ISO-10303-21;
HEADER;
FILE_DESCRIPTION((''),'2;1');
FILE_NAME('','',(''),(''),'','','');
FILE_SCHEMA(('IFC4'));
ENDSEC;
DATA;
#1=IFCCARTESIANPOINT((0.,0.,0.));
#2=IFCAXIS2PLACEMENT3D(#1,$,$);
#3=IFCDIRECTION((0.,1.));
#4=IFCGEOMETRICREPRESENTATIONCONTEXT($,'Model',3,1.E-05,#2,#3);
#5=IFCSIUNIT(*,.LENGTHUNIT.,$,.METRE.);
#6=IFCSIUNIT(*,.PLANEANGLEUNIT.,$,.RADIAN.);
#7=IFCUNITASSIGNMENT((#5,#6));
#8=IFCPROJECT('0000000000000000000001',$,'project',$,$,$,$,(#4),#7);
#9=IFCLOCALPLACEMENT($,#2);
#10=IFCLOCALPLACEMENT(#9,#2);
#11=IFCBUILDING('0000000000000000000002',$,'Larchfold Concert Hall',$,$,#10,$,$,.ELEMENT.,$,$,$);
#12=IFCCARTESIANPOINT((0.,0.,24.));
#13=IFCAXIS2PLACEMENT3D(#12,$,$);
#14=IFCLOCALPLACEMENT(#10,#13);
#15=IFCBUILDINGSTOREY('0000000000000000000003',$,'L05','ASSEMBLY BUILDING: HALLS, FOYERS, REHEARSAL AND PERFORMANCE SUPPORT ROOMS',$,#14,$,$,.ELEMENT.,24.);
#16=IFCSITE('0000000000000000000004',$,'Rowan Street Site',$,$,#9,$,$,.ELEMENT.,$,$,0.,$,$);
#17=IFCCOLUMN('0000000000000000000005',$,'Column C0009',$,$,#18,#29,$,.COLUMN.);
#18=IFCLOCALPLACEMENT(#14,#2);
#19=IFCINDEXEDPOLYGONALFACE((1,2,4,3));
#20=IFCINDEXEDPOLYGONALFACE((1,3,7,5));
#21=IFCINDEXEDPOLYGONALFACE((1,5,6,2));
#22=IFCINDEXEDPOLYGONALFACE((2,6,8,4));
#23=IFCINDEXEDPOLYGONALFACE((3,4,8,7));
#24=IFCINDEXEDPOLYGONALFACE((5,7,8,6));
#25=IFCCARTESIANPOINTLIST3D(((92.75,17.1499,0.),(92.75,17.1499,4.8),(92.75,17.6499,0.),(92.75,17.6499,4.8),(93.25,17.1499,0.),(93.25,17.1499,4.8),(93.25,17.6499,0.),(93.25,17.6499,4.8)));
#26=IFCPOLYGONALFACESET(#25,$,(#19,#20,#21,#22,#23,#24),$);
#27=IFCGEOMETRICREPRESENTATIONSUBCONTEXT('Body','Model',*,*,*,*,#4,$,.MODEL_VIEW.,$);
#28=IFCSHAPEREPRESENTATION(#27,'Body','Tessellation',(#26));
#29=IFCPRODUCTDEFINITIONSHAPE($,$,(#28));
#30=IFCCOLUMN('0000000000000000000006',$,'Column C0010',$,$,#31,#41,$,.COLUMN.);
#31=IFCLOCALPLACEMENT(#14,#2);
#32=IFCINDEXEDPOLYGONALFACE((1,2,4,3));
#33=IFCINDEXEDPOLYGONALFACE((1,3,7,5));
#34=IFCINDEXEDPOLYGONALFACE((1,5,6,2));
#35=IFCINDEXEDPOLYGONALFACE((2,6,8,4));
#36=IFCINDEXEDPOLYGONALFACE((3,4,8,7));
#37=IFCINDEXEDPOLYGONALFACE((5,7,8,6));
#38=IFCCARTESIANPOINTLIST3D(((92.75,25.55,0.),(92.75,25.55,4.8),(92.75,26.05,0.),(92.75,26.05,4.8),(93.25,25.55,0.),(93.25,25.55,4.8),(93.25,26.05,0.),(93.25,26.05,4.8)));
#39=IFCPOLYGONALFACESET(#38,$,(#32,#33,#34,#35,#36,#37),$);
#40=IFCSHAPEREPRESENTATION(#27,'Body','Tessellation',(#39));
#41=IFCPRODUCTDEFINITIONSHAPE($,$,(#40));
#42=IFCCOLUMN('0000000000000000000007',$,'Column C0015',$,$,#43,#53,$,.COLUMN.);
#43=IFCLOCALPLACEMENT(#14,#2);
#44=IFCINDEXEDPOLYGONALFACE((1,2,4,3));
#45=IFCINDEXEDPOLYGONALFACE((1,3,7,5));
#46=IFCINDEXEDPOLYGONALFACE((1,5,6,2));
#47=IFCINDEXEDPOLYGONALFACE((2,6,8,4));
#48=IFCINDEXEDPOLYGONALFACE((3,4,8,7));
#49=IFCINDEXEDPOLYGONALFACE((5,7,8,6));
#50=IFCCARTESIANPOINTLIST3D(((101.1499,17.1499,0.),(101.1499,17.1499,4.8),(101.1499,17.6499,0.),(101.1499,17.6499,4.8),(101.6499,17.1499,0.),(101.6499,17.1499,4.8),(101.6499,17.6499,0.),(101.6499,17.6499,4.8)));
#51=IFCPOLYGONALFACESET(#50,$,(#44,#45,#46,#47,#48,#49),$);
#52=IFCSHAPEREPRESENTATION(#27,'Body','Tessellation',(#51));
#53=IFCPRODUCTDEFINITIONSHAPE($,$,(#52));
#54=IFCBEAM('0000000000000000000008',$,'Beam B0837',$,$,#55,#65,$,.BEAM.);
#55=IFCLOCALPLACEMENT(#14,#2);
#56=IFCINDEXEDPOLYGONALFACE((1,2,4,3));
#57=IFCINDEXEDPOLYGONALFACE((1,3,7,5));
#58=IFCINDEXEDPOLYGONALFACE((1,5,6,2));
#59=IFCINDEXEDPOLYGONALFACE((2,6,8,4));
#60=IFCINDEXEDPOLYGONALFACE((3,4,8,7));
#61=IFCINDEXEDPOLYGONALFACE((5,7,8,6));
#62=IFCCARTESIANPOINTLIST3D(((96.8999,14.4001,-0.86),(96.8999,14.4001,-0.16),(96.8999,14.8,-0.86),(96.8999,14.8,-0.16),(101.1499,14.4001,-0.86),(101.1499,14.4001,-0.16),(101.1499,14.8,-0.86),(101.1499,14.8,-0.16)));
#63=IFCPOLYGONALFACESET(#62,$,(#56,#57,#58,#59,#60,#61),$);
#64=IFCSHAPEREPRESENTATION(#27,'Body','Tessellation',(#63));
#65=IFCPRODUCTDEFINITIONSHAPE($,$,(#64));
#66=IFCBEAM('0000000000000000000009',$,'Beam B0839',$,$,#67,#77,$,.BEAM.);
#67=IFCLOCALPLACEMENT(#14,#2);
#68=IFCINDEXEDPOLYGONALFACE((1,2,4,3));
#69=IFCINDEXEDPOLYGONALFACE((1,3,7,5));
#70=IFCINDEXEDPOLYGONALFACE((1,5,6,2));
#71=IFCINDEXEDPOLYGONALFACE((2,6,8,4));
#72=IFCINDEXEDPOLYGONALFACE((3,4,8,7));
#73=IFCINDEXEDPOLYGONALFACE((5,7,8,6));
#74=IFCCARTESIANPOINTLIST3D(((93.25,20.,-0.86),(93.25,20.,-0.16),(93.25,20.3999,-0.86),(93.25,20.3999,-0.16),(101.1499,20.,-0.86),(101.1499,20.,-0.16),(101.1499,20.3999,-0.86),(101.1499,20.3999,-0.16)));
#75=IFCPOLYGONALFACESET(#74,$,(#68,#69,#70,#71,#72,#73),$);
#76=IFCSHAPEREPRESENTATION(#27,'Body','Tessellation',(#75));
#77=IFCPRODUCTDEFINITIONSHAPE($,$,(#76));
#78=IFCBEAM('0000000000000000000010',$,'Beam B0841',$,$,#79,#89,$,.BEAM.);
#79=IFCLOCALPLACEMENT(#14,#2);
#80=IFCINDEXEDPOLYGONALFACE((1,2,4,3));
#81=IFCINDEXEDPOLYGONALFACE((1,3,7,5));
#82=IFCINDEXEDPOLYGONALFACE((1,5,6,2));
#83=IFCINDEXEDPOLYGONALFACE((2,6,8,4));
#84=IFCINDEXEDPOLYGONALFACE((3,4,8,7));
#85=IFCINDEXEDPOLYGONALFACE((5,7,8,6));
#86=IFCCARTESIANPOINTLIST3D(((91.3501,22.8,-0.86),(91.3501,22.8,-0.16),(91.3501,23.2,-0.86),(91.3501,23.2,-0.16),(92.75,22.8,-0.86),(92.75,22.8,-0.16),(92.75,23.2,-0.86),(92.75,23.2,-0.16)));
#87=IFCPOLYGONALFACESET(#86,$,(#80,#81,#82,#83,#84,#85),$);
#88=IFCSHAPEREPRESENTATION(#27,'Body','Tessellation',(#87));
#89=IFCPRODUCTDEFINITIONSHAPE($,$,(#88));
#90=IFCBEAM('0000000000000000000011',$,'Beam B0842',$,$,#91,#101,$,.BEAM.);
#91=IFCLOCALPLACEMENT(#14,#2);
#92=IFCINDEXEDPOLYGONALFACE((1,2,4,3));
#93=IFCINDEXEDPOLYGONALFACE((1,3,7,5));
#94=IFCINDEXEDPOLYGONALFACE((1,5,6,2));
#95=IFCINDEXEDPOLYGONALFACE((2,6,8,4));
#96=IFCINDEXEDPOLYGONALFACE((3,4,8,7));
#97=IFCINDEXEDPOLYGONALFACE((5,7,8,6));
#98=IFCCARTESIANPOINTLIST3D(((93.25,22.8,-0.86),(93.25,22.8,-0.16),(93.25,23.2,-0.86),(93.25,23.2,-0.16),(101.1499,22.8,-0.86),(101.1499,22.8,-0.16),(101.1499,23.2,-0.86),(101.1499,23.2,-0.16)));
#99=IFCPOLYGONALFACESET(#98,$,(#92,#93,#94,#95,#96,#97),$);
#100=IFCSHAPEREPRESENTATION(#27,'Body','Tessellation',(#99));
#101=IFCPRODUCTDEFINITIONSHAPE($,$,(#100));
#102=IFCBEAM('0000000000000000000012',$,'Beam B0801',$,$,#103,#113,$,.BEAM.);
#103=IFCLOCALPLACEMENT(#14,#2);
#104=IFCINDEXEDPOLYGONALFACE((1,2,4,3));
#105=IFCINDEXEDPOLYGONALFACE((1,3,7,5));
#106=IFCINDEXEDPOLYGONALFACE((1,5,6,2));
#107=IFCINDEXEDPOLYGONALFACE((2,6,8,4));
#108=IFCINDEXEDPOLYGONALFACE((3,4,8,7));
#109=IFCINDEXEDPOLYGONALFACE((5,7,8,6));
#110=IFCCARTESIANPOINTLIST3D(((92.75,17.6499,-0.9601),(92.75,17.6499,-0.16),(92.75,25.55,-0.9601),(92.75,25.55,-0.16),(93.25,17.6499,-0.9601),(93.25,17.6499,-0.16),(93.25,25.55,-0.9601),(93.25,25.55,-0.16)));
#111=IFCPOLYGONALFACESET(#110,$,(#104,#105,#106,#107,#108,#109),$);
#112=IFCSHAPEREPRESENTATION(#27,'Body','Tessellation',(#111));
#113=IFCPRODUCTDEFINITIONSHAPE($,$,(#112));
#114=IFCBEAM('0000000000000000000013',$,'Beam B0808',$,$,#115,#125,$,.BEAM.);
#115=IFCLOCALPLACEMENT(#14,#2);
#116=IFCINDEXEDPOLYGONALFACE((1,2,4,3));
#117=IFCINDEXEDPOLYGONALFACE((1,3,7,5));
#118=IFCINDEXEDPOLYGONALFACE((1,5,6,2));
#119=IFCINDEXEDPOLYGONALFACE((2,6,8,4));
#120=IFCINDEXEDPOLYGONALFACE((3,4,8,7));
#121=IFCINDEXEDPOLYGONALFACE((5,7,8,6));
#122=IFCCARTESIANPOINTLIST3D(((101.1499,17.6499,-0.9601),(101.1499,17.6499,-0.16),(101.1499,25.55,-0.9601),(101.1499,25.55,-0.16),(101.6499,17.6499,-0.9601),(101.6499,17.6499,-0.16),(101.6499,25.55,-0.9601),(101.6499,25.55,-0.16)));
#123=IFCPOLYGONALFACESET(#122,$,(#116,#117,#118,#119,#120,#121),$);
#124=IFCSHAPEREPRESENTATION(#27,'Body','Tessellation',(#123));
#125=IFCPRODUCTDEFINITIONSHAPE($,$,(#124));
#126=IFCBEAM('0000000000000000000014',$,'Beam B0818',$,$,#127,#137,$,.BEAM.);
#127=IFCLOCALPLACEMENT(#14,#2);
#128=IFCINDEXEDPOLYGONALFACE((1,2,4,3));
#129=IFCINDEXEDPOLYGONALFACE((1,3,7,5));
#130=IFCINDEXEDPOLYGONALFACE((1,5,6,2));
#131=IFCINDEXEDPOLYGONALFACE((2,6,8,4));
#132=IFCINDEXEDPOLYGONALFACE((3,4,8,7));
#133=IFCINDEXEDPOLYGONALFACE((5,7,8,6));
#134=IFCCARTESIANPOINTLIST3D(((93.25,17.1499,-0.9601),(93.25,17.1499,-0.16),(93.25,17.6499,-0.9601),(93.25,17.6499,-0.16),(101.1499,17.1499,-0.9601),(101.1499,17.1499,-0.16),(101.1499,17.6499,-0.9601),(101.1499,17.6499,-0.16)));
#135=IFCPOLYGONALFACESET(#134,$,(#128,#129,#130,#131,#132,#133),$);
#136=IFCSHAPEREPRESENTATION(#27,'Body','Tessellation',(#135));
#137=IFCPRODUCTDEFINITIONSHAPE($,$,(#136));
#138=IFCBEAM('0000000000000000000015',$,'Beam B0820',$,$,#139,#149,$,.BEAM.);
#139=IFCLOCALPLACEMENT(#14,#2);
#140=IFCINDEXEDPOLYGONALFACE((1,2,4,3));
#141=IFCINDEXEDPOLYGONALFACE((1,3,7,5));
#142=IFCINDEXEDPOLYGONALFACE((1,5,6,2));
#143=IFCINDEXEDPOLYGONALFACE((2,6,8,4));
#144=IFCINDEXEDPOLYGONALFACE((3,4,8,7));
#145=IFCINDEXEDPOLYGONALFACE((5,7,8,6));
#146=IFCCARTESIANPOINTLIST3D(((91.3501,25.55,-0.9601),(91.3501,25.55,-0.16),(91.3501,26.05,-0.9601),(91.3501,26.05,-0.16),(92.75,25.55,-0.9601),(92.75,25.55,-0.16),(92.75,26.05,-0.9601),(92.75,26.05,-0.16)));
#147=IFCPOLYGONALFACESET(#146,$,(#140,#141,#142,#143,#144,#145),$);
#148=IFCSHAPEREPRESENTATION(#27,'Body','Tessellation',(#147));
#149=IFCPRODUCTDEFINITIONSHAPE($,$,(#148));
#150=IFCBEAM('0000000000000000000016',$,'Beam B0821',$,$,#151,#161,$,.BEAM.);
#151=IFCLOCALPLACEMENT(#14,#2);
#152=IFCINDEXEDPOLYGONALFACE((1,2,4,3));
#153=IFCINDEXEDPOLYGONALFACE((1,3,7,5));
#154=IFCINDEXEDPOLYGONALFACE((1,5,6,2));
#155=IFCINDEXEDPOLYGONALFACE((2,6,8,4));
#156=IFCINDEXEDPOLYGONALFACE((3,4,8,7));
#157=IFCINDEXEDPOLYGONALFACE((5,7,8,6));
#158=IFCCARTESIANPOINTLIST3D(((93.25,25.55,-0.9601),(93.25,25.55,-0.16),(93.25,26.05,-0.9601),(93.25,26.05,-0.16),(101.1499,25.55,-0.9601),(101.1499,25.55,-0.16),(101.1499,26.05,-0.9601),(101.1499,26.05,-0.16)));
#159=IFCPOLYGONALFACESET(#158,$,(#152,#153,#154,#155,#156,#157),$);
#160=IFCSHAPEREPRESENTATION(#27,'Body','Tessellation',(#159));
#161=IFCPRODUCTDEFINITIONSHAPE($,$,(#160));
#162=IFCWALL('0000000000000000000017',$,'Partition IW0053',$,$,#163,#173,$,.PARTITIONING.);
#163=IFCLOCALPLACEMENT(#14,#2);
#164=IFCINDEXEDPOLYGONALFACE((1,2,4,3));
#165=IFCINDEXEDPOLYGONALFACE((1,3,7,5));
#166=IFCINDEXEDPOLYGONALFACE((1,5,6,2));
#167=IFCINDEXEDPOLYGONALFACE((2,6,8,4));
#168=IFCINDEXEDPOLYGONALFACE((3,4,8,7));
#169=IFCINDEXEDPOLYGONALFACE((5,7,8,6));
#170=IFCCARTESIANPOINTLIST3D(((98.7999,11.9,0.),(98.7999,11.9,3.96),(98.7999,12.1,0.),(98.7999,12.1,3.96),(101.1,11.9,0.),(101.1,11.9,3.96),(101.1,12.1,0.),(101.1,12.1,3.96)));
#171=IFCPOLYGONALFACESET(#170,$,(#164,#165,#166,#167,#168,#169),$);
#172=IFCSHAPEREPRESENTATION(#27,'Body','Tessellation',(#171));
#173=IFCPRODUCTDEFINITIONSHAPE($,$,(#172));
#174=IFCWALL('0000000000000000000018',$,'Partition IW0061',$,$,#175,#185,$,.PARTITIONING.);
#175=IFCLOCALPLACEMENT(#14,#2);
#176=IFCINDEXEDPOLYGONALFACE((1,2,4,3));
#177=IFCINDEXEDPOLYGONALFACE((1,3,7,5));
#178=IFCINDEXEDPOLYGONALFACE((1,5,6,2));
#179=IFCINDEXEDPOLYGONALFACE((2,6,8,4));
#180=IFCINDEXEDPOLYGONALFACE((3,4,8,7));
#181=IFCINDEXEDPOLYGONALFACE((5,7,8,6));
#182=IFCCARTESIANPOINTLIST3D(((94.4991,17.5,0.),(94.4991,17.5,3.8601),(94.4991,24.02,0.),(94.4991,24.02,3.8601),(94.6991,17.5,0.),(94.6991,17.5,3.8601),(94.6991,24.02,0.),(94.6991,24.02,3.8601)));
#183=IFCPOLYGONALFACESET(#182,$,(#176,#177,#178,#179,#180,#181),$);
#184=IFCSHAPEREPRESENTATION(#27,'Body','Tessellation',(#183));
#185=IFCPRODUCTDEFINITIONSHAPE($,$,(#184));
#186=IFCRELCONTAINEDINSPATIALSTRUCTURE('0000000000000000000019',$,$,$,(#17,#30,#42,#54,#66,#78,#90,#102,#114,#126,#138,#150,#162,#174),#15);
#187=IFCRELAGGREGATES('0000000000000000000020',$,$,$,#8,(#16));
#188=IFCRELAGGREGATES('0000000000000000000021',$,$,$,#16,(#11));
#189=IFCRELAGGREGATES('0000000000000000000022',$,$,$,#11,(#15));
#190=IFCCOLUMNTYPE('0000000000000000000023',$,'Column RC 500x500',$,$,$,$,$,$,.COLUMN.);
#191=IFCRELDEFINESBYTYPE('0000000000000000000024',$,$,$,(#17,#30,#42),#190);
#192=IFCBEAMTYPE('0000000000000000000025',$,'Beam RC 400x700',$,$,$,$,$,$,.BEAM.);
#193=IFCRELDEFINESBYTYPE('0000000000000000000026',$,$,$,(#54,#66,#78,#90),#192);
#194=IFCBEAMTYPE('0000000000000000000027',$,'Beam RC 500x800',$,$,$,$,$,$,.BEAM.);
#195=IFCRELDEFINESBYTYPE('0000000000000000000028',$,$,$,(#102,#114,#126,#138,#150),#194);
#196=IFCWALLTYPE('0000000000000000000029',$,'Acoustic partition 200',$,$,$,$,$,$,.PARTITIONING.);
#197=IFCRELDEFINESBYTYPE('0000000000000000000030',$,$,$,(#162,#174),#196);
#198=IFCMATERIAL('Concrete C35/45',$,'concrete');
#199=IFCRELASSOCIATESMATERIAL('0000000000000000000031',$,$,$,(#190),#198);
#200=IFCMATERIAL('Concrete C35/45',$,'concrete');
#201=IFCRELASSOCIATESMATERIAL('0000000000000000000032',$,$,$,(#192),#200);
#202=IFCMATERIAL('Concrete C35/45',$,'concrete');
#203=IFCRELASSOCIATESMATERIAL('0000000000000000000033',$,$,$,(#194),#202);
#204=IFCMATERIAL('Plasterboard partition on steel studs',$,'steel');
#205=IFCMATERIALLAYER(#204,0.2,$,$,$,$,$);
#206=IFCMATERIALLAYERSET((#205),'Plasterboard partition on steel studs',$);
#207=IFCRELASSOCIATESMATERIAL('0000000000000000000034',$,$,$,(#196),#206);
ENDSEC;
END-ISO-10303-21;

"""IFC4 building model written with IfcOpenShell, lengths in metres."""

from ifc_helpers import new_model, si_unit, direction, frame, frame_2d, origin, origin_2d, place, context, subcontext, project, spatial, rectangle, extrude, material, layer, layer_set, material_profile, profile_set, type_object, element, save


model = new_model("IFC4")

# Units and contexts
model_context = context("Model", 3, precision=1e-05, world=origin(), true_north=direction((0.0, 1.0)))
body_context = subcontext(model_context, "Body", "Model", "MODEL_VIEW")
ifc_project = project(units=[si_unit("LENGTHUNIT", "METRE"), si_unit("PLANEANGLEUNIT", "RADIAN")], contexts=[model_context])

# Site, building, storey
site_placement = place(None, origin())
site = spatial("IfcSite", under=ifc_project, at=site_placement, Name="Rowan Street Site", CompositionType="ELEMENT", RefElevation=0.0)
building_placement = place(site_placement, origin())
building = spatial("IfcBuilding", under=site, at=building_placement, Name="Larchfold Concert Hall", CompositionType="ELEMENT")
storey_placement = place(building_placement, frame((0.0, 0.0, 24.0)))
storey = spatial("IfcBuildingStorey", under=building, at=storey_placement, Name="L05", Description="ASSEMBLY BUILDING: HALLS, FOYERS, REHEARSAL AND PERFORMANCE SUPPORT ROOMS", CompositionType="ELEMENT", Elevation=24.0)

# Columns
ifc_material_1 = material(Name="Concrete C35/45", Category="concrete")
ifc_material_profile_1 = material_profile(ifc_material_1, rectangle(XDim=0.5, YDim=0.5, at=origin_2d()))
ifc_profile_set_1 = profile_set([ifc_material_profile_1], Name="Concrete C35/45")
column_type = type_object("IfcColumnType", Name="Column RC 500x500", PredefinedType="COLUMN", material=ifc_profile_set_1)
for number, where, z_axis, x_axis, name in (
    (1, (93.0, 17.3999, 0.0), (0.0, 0.0, 1.0), (1.0, 0.0, 0.0), "Column C0009"),
    (2, (93.0, 25.8, 0.0), (0.0, 0.0, 1.0), (1.0, 0.0, 0.0), "Column C0010"),
    (3, (101.3999, 17.3999, 0.0), (0.0, 0.0, 1.0), (1.0, 0.0, 0.0), "Column C0015"),
):
    element("IfcColumn", number, at=place(storey_placement, frame(where, z_axis=z_axis, x_axis=x_axis)), inside=storey, type_object=column_type, Name=name, PredefinedType="COLUMN", context=body_context, shape_type="SweptSolid", body=[
        extrude(rectangle(XDim=0.5, YDim=0.5, at=origin_2d()), origin(), (0.0, 0.0, 1.0), 4.8),
    ])

# Beams
ifc_material_2 = material(Name="Concrete C35/45", Category="concrete")
ifc_material_profile_2 = material_profile(ifc_material_2, rectangle(XDim=0.3999, YDim=0.7, at=origin_2d()))
ifc_profile_set_2 = profile_set([ifc_material_profile_2], Name="Concrete C35/45")
beam_type_1 = type_object("IfcBeamType", Name="Beam RC 400x700", PredefinedType="BEAM", material=ifc_profile_set_2)
beam_1_placement = place(storey_placement, frame((96.8999, 14.6001, -0.51), z_axis=(1.0, 0.0, 0.0), x_axis=(0.0, 1.0, 0.0)))
element("IfcBeam", 4, at=beam_1_placement, inside=storey, type_object=beam_type_1, Name="Beam B0837", PredefinedType="BEAM", context=body_context, shape_type="SweptSolid", body=[
    extrude(rectangle(XDim=0.3999, YDim=0.7, at=origin_2d()), origin(), (0.0, 0.0, 1.0), 4.25),
])
beam_2_placement = place(storey_placement, frame((93.25, 20.2, -0.51), z_axis=(1.0, 0.0, 0.0), x_axis=(0.0, 1.0, 0.0)))
element("IfcBeam", 5, at=beam_2_placement, inside=storey, type_object=beam_type_1, Name="Beam B0839", PredefinedType="BEAM", context=body_context, shape_type="SweptSolid", body=[
    extrude(rectangle(XDim=0.3999, YDim=0.7, at=origin_2d()), origin(), (0.0, 0.0, 1.0), 7.8999),
])
beam_3_placement = place(storey_placement, frame((91.3501, 23.0, -0.51), z_axis=(1.0, 0.0, 0.0), x_axis=(0.0, 1.0, 0.0)))
element("IfcBeam", 6, at=beam_3_placement, inside=storey, type_object=beam_type_1, Name="Beam B0841", PredefinedType="BEAM", context=body_context, shape_type="SweptSolid", body=[
    extrude(rectangle(XDim=0.3999, YDim=0.7, at=origin_2d()), origin(), (0.0, 0.0, 1.0), 1.3999),
])
beam_4_placement = place(storey_placement, frame((93.25, 23.0, -0.51), z_axis=(1.0, 0.0, 0.0), x_axis=(0.0, 1.0, 0.0)))
element("IfcBeam", 7, at=beam_4_placement, inside=storey, type_object=beam_type_1, Name="Beam B0842", PredefinedType="BEAM", context=body_context, shape_type="SweptSolid", body=[
    extrude(rectangle(XDim=0.3999, YDim=0.7, at=origin_2d()), origin(), (0.0, 0.0, 1.0), 7.8999),
])
ifc_material_3 = material(Name="Concrete C35/45", Category="concrete")
ifc_material_profile_3 = material_profile(ifc_material_3, rectangle(XDim=0.5, YDim=0.8, at=origin_2d()))
ifc_profile_set_3 = profile_set([ifc_material_profile_3], Name="Concrete C35/45")
beam_type_2 = type_object("IfcBeamType", Name="Beam RC 500x800", PredefinedType="BEAM", material=ifc_profile_set_3)
for number, where, z_axis, x_axis, name in (
    (8, (93.0, 17.6499, -0.5601), (0.0, 1.0, 0.0), (-1.0, 0.0, 0.0), "Beam B0801"),
    (9, (101.3999, 17.6499, -0.5601), (0.0, 1.0, 0.0), (-1.0, 0.0, 0.0), "Beam B0808"),
):
    element("IfcBeam", number, at=place(storey_placement, frame(where, z_axis=z_axis, x_axis=x_axis)), inside=storey, type_object=beam_type_2, Name=name, PredefinedType="BEAM", context=body_context, shape_type="SweptSolid", body=[
        extrude(rectangle(XDim=0.5, YDim=0.8, at=origin_2d()), origin(), (0.0, 0.0, 1.0), 7.9001),
    ])
beam_5_placement = place(storey_placement, frame((93.25, 17.3999, -0.5601), z_axis=(1.0, 0.0, 0.0), x_axis=(0.0, 1.0, 0.0)))
element("IfcBeam", 10, at=beam_5_placement, inside=storey, type_object=beam_type_2, Name="Beam B0818", PredefinedType="BEAM", context=body_context, shape_type="SweptSolid", body=[
    extrude(rectangle(XDim=0.5, YDim=0.8, at=origin_2d()), origin(), (0.0, 0.0, 1.0), 7.8999),
])
beam_6_placement = place(storey_placement, frame((91.3501, 25.8, -0.5601), z_axis=(1.0, 0.0, 0.0), x_axis=(0.0, 1.0, 0.0)))
element("IfcBeam", 11, at=beam_6_placement, inside=storey, type_object=beam_type_2, Name="Beam B0820", PredefinedType="BEAM", context=body_context, shape_type="SweptSolid", body=[
    extrude(rectangle(XDim=0.5, YDim=0.8, at=origin_2d()), origin(), (0.0, 0.0, 1.0), 1.3999),
])
beam_7_placement = place(storey_placement, frame((93.25, 25.8, -0.5601), z_axis=(1.0, 0.0, 0.0), x_axis=(0.0, 1.0, 0.0)))
element("IfcBeam", 12, at=beam_7_placement, inside=storey, type_object=beam_type_2, Name="Beam B0821", PredefinedType="BEAM", context=body_context, shape_type="SweptSolid", body=[
    extrude(rectangle(XDim=0.5, YDim=0.8, at=origin_2d()), origin(), (0.0, 0.0, 1.0), 7.8999),
])

# Walls
ifc_material_4 = material(Name="Plasterboard partition on steel studs", Category="steel")
ifc_layer_1 = layer(ifc_material_4, 0.2)
ifc_layer_set_1 = layer_set([ifc_layer_1], Name="Plasterboard partition on steel studs")
wall_type_1 = type_object("IfcWallType", Name="Acoustic partition 200", PredefinedType="PARTITIONING", material=ifc_layer_set_1)
wall_1_placement = place(storey_placement, frame((98.8, 12.0, 0.0), z_axis=(0.0, 0.0, 1.0), x_axis=(1.0, 0.0, 0.0)))
element("IfcWall", 13, at=wall_1_placement, inside=storey, type_object=wall_type_1, Name="Partition IW0053", PredefinedType="PARTITIONING", context=body_context, shape_type="SweptSolid", body=[
    extrude(rectangle(XDim=2.3, YDim=0.2, at=frame_2d((1.1499, 0.0))), origin(), (0.0, 0.0, 1.0), 3.96),
])
wall_2_placement = place(storey_placement, frame((94.5991, 24.02, 0.0), z_axis=(0.0, 0.0, 1.0), x_axis=(0.0, -1.0, 0.0)))
element("IfcWall", 14, at=wall_2_placement, inside=storey, type_object=wall_type_1, Name="Partition IW0061", PredefinedType="PARTITIONING", context=body_context, shape_type="SweptSolid", body=[
    extrude(rectangle(XDim=6.52, YDim=0.2, at=frame_2d((3.26, 0.0))), origin(), (0.0, 0.0, 1.0), 3.8601),
])

save(model, "model.ifc")
